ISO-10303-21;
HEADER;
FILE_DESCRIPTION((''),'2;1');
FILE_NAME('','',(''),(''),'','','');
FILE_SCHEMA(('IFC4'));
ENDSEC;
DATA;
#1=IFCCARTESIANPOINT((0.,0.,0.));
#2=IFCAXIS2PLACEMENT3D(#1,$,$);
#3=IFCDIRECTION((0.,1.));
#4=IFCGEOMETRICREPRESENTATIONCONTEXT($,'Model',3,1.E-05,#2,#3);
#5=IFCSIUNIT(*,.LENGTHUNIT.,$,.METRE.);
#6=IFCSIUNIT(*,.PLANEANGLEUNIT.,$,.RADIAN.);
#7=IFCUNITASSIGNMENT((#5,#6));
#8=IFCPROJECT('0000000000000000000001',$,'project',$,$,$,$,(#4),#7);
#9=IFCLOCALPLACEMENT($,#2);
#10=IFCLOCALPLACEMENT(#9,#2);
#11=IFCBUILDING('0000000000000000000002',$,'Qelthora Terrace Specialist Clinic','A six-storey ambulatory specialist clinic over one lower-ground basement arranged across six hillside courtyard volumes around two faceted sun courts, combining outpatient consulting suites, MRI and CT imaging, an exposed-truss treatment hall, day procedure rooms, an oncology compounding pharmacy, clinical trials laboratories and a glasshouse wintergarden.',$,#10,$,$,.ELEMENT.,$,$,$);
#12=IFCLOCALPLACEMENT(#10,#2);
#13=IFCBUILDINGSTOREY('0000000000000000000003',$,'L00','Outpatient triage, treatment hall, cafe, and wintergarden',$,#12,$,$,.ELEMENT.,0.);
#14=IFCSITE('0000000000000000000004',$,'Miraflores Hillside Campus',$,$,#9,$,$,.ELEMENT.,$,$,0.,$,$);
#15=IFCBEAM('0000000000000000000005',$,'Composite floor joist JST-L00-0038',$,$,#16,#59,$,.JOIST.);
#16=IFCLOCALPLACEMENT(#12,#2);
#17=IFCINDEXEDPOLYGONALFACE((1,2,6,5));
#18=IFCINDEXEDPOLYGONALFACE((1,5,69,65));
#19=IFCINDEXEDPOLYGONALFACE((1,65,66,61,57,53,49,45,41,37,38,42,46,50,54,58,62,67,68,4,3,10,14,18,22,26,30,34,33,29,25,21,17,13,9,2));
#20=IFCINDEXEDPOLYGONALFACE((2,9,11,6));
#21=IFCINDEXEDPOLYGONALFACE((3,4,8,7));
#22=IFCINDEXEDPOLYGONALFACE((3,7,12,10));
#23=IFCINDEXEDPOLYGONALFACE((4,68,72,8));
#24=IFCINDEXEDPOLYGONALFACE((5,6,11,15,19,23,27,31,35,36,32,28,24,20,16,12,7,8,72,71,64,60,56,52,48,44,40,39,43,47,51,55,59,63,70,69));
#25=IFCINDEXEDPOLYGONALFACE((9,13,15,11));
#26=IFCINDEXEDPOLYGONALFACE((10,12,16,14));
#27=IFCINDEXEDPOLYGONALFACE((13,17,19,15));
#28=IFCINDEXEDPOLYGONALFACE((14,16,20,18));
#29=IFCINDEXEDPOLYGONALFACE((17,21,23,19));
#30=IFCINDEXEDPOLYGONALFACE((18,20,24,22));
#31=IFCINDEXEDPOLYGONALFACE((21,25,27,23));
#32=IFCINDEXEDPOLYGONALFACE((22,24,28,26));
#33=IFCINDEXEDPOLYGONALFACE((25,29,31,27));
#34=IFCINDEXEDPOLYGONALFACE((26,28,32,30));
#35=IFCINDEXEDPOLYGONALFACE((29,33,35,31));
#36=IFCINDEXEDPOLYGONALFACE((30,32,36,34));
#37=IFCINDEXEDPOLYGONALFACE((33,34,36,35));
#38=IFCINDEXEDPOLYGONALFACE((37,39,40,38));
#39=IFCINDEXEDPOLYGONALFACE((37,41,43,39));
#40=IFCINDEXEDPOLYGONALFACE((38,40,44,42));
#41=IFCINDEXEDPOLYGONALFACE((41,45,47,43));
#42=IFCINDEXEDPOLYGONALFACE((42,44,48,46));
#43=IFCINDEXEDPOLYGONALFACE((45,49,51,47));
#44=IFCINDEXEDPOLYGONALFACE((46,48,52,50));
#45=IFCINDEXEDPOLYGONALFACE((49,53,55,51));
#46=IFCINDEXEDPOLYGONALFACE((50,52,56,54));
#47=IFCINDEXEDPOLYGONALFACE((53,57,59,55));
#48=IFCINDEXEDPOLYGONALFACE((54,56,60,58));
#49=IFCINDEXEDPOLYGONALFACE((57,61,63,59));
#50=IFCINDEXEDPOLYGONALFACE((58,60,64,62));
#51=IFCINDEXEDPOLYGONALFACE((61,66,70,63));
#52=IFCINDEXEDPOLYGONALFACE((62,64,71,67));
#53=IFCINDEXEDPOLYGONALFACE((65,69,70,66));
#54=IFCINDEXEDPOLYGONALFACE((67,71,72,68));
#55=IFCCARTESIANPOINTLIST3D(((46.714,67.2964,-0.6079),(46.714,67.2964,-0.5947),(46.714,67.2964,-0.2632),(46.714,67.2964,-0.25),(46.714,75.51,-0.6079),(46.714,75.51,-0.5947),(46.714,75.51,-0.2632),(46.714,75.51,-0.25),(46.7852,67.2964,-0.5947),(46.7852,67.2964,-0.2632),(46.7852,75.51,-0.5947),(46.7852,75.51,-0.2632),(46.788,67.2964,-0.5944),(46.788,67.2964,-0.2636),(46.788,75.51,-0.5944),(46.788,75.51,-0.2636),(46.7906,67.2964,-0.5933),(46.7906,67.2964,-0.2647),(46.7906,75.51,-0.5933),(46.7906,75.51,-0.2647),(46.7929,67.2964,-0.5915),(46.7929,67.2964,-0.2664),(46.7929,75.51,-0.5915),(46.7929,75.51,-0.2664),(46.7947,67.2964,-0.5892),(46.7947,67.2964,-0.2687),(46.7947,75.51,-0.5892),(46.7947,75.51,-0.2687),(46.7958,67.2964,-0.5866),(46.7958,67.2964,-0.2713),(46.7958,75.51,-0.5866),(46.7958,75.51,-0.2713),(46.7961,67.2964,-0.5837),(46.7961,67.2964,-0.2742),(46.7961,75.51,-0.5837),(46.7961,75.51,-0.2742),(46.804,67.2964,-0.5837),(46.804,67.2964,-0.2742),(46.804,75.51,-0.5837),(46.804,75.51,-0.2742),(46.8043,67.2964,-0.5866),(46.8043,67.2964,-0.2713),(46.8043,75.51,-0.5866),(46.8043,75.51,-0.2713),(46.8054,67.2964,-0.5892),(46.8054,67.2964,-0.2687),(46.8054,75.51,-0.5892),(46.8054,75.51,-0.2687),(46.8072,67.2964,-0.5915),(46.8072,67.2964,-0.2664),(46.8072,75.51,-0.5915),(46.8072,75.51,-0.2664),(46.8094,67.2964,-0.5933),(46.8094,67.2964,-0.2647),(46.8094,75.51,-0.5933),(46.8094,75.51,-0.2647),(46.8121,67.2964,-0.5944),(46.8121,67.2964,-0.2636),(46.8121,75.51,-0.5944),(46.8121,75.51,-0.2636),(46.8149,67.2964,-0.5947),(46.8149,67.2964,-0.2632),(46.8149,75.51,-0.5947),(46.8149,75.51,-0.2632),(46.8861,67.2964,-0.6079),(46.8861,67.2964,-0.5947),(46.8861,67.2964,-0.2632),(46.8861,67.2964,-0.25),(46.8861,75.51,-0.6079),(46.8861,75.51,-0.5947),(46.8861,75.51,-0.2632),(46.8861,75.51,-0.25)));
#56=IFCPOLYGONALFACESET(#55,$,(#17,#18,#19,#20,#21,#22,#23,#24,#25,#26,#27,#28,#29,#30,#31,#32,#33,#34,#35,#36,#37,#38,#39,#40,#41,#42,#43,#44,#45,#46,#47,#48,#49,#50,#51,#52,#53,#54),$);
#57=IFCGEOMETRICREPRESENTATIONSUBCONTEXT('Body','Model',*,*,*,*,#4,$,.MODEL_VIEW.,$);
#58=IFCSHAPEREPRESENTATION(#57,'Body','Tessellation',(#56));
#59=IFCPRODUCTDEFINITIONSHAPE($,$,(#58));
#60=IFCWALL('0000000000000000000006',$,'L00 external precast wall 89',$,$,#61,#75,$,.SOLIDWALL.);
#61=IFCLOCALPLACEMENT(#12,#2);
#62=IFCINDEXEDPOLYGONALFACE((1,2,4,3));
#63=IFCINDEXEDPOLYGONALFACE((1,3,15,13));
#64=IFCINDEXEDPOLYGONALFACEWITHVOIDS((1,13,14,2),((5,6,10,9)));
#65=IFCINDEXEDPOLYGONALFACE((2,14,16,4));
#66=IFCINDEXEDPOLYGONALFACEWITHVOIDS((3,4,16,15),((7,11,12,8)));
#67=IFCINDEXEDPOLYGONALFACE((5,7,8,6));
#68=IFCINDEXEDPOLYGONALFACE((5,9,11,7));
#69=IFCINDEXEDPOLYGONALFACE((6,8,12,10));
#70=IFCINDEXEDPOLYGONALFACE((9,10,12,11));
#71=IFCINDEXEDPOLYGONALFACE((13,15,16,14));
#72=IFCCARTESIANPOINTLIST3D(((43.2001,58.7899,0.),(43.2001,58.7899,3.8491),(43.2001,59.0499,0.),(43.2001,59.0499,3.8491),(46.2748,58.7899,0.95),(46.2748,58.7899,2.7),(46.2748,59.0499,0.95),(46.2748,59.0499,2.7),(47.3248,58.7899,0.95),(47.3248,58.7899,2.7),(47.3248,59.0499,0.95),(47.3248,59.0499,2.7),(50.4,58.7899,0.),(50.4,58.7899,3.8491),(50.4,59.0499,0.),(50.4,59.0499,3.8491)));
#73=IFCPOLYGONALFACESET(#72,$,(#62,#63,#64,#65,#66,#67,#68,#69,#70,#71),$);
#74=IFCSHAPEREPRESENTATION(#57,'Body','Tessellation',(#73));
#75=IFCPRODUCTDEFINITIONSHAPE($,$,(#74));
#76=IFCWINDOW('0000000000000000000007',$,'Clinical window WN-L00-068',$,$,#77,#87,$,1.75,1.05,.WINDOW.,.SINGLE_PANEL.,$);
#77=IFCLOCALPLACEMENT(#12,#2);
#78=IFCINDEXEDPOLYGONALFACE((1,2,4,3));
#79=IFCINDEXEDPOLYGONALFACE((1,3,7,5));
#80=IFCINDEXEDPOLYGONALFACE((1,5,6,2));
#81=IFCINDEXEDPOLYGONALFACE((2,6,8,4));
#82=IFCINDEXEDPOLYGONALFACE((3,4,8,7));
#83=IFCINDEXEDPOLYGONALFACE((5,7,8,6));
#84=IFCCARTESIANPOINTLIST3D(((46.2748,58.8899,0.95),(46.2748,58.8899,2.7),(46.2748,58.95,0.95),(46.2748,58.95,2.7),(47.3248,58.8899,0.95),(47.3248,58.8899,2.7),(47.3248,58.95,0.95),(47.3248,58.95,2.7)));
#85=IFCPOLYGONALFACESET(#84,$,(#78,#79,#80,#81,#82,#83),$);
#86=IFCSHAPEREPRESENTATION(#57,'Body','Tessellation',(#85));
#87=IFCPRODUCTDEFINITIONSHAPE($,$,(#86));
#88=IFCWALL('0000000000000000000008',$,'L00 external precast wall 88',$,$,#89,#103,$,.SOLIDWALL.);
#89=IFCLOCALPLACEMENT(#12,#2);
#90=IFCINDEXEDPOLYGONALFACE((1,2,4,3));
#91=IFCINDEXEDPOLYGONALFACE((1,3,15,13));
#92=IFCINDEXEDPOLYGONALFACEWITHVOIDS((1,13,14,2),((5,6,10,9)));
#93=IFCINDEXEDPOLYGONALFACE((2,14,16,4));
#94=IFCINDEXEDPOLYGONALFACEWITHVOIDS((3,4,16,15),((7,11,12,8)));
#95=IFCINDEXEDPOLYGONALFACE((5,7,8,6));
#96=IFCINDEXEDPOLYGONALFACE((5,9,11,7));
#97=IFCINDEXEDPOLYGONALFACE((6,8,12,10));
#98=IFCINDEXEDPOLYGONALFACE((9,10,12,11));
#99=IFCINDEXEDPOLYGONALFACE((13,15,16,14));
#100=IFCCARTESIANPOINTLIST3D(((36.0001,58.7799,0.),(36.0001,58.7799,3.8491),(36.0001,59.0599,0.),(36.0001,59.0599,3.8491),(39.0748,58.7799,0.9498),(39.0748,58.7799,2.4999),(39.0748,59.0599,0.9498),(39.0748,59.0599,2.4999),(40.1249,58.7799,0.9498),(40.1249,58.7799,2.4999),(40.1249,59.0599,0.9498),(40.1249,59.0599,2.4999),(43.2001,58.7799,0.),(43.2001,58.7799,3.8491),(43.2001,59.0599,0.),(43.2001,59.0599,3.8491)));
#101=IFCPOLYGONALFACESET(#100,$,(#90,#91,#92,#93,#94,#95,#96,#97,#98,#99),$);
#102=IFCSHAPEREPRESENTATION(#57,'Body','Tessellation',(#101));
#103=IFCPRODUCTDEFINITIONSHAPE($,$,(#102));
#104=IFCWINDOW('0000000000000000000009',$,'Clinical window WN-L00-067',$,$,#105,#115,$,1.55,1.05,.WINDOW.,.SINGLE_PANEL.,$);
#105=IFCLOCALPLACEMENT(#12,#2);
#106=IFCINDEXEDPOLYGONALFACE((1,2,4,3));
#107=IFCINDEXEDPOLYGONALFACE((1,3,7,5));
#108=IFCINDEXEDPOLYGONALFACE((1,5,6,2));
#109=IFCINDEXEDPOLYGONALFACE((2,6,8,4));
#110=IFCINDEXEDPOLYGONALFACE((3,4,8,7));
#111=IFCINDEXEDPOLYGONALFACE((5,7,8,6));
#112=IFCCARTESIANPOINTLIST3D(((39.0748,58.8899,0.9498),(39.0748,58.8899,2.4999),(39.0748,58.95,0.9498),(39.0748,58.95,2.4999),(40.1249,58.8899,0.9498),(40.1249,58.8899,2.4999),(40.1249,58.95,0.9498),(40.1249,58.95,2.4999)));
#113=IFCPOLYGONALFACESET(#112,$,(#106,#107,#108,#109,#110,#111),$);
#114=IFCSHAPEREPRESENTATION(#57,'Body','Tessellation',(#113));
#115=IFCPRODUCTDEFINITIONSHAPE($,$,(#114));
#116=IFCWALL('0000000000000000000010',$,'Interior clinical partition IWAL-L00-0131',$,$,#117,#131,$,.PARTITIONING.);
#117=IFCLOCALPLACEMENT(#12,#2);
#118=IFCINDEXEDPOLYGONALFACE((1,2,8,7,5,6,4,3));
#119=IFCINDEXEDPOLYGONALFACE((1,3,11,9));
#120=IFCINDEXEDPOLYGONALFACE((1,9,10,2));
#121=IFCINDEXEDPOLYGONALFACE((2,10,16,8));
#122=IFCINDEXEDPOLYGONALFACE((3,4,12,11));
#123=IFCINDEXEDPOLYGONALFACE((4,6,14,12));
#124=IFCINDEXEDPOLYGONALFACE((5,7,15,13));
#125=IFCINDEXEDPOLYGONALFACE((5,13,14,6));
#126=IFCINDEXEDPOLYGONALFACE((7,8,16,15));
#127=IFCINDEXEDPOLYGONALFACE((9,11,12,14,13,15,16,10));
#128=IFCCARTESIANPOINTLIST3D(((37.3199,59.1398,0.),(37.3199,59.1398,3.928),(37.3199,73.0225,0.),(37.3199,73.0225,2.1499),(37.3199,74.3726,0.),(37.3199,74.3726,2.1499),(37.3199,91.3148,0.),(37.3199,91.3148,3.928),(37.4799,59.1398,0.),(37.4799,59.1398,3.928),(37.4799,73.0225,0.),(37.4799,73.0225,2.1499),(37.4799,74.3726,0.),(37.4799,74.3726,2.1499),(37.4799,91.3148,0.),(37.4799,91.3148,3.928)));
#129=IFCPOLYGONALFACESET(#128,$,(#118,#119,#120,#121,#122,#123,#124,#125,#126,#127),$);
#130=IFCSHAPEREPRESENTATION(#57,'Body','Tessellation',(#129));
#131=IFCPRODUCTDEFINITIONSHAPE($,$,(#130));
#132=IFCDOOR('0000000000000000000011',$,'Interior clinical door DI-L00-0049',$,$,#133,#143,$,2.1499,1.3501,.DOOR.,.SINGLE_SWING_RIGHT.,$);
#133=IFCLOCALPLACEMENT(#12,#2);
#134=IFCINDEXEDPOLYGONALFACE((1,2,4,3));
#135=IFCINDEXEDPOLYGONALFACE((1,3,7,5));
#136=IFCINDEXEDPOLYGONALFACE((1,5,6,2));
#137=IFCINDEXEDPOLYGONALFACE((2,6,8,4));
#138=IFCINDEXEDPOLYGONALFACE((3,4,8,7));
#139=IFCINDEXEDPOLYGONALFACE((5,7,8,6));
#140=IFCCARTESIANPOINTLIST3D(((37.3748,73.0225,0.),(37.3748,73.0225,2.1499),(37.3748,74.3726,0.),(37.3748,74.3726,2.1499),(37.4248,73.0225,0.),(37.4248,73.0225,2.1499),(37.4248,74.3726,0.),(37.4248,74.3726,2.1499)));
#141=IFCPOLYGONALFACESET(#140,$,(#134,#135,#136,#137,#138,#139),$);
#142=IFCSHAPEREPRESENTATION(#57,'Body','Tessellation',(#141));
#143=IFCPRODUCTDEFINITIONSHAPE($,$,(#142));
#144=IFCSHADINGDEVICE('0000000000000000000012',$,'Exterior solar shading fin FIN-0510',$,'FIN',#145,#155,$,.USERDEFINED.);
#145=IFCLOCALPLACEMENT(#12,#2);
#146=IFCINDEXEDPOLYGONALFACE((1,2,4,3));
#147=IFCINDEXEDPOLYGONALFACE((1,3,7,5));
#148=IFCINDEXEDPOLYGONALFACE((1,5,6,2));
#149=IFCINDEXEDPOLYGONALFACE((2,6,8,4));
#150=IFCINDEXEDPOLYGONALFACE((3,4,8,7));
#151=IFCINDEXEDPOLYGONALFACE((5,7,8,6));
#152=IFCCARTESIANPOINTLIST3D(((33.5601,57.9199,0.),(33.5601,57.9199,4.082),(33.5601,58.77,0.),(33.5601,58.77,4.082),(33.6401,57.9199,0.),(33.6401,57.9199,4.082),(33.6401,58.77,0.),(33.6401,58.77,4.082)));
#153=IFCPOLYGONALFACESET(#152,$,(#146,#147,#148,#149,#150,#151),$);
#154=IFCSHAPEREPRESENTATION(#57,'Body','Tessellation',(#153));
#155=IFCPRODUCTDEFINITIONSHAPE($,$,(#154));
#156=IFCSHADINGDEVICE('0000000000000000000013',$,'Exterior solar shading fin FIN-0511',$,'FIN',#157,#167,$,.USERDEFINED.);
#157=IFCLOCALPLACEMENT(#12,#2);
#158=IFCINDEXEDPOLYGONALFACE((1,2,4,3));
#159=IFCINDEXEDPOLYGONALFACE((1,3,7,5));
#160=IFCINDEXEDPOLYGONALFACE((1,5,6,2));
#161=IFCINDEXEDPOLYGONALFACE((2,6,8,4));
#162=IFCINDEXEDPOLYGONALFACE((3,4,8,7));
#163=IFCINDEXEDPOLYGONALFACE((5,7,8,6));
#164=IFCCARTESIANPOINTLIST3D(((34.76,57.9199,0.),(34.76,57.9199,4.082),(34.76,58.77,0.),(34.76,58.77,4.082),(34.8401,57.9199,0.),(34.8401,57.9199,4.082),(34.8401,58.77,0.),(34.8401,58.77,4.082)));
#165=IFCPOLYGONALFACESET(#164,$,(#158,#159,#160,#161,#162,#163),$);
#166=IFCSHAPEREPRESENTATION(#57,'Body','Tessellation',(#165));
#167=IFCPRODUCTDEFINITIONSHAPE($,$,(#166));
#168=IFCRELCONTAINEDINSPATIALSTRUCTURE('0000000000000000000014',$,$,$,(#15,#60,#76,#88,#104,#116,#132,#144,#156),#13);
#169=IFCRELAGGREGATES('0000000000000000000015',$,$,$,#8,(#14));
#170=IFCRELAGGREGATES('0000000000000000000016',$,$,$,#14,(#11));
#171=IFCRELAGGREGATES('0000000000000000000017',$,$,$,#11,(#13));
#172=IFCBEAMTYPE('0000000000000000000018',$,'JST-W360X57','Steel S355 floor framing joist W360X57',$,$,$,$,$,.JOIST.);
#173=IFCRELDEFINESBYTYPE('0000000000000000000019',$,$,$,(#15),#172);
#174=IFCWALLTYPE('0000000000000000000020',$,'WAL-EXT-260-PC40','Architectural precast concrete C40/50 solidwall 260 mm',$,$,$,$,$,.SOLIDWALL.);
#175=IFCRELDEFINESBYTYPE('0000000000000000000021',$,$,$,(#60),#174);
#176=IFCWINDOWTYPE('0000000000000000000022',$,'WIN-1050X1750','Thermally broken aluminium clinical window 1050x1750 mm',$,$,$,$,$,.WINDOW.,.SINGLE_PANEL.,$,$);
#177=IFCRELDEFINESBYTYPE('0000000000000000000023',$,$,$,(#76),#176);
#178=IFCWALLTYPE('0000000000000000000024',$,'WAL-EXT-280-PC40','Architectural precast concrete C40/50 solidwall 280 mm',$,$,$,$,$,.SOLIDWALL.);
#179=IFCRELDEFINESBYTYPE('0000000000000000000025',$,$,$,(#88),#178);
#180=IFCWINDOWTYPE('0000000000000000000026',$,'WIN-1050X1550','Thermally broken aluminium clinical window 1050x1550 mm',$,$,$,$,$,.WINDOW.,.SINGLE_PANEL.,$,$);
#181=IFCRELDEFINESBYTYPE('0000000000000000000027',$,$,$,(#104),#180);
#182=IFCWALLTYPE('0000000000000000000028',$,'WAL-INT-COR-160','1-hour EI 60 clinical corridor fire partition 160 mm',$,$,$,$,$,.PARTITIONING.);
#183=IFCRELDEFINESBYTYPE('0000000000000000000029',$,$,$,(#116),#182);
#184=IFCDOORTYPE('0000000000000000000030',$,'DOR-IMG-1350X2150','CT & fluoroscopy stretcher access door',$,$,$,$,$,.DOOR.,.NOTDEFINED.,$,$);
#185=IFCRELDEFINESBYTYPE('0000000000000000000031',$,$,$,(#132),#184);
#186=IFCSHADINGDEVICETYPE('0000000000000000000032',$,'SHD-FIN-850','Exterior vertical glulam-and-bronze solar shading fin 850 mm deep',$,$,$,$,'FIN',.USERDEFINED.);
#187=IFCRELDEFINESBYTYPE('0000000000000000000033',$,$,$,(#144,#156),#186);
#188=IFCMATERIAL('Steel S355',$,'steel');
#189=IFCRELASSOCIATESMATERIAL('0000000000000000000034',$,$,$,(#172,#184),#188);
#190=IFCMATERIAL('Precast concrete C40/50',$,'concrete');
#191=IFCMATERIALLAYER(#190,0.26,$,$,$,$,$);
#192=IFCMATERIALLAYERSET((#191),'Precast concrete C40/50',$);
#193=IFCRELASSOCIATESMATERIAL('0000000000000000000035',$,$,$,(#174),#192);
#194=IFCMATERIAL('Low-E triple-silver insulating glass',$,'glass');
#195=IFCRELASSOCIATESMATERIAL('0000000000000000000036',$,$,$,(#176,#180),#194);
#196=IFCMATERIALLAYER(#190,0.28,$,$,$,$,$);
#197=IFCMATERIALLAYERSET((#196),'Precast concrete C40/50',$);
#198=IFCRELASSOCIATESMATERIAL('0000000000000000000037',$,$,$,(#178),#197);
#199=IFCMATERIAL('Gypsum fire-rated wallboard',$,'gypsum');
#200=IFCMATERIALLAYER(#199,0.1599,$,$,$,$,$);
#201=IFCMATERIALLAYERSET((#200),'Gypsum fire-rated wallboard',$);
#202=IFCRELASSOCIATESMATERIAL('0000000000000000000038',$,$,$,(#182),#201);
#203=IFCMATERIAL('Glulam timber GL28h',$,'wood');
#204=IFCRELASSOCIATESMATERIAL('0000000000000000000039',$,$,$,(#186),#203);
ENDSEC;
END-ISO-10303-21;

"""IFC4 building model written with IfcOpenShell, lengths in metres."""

from ifc_helpers import new_model, si_unit, direction, frame, frame_2d, origin, origin_2d, place, context, subcontext, project, spatial, rectangle, i_section, extrude, material, layer, layer_set, material_profile, profile_set, type_object, element, fill, save


model = new_model("IFC4")

# Units and contexts
model_context = context("Model", 3, precision=1e-05, world=origin(), true_north=direction((0.0, 1.0)))
body_context = subcontext(model_context, "Body", "Model", "MODEL_VIEW")
ifc_project = project(units=[si_unit("LENGTHUNIT", "METRE"), si_unit("PLANEANGLEUNIT", "RADIAN")], contexts=[model_context])

# Site, building, storey
site_placement = place(None, origin())
site = spatial("IfcSite", under=ifc_project, at=site_placement, Name="Miraflores Hillside Campus", CompositionType="ELEMENT", RefElevation=0.0)
building_placement = place(site_placement, origin())
building = spatial("IfcBuilding", under=site, at=building_placement, Name="Qelthora Terrace Specialist Clinic", Description="A six-storey ambulatory specialist clinic over one lower-ground basement arranged across six hillside courtyard volumes around two faceted sun courts, combining outpatient consulting suites, MRI and CT imaging, an exposed-truss treatment hall, day procedure rooms, an oncology compounding pharmacy, clinical trials laboratories and a glasshouse wintergarden.", CompositionType="ELEMENT")
storey_placement = place(building_placement, origin())
storey = spatial("IfcBuildingStorey", under=building, at=storey_placement, Name="L00", Description="Outpatient triage, treatment hall, cafe, and wintergarden", CompositionType="ELEMENT", Elevation=0.0)

# Shared definitions
ifc_material_1 = material(Name="Steel S355", Category="steel")

# Beam
ifc_material_profile_1 = material_profile(ifc_material_1, i_section(OverallWidth=0.1721, OverallDepth=0.3579, WebThickness=0.0078, FlangeThickness=0.0132, FilletRadius=0.011, at=origin_2d()), Name="W360X57")
ifc_profile_set_1 = profile_set([ifc_material_profile_1], Name="Steel S355")
beam_type_1 = type_object("IfcBeamType", Name="JST-W360X57", Description="Steel S355 floor framing joist W360X57", PredefinedType="JOIST", material=ifc_profile_set_1)
beam_1_placement = place(storey_placement, frame((46.8, 67.2964, -0.429), z_axis=(0.0, 1.0, 0.0), x_axis=(-1.0, 0.0, 0.0)))
element("IfcBeam", 1, at=beam_1_placement, inside=storey, type_object=beam_type_1, Name="Composite floor joist JST-L00-0038", PredefinedType="JOIST", context=body_context, shape_type="SweptSolid", body=[
    extrude(i_section(OverallWidth=0.1721, OverallDepth=0.3579, WebThickness=0.0078, FlangeThickness=0.0132, FilletRadius=0.011, at=origin_2d()), origin(), (0.0, 0.0, 1.0), 8.2136),
])

# Walls, openings, windows
ifc_material_2 = material(Name="Precast concrete C40/50", Category="concrete")
ifc_layer_1 = layer(ifc_material_2, 0.26)
ifc_layer_set_1 = layer_set([ifc_layer_1], Name="Precast concrete C40/50")
wall_type_1 = type_object("IfcWallType", Name="WAL-EXT-260-PC40", Description="Architectural precast concrete C40/50 solidwall 260 mm", PredefinedType="SOLIDWALL", material=ifc_layer_set_1)
wall_1_placement = place(storey_placement, frame((43.2, 58.9199, 0.0), z_axis=(0.0, 0.0, 1.0), x_axis=(1.0, 0.0, 0.0)))
wall_1 = element("IfcWall", 2, at=wall_1_placement, inside=storey, type_object=wall_type_1, Name="L00 external precast wall 89", PredefinedType="SOLIDWALL", context=body_context, shape_type="SweptSolid", body=[
    extrude(rectangle(XDim=7.2, YDim=0.26, at=frame_2d((3.6001, 0.0))), origin(), (0.0, 0.0, 1.0), 3.8491),
])
opening_1_placement = place(wall_1_placement, frame((3.075, 0.0, 0.95)))
opening_1 = element("IfcOpeningElement", 3, at=opening_1_placement, cuts=wall_1, PredefinedType="OPENING", context=body_context, shape_type="SweptSolid", body=[
    extrude(rectangle(XDim=1.05, YDim=1.75, at=frame_2d((0.5249, 0.875))), frame((0.0, 0.1399, 0.0), z_axis=(0.0, -1.0, 0.0), x_axis=(1.0, 0.0, 0.0)), (0.0, 0.0, 1.0), 0.28),
])
ifc_material_3 = material(Name="Low-E triple-silver insulating glass", Category="glass")
window_type_1 = type_object("IfcWindowType", Name="WIN-1050X1750", Description="Thermally broken aluminium clinical window 1050x1750 mm", PartitioningType="SINGLE_PANEL", PredefinedType="WINDOW", material=ifc_material_3)
window_1_placement = place(opening_1_placement, origin())
window_1 = element("IfcWindow", 4, at=window_1_placement, inside=storey, type_object=window_type_1, Name="Clinical window WN-L00-068", OverallHeight=1.75, OverallWidth=1.05, PartitioningType="SINGLE_PANEL", PredefinedType="WINDOW", context=body_context, shape_type="SweptSolid", body=[
    extrude(rectangle(XDim=1.05, YDim=1.75, at=frame_2d((0.5249, 0.875))), frame((0.0, 0.03, 0.0), z_axis=(0.0, -1.0, 0.0), x_axis=(1.0, 0.0, 0.0)), (0.0, 0.0, 1.0), 0.0601),
])
fill(opening_1, window_1)
ifc_layer_2 = layer(ifc_material_2, 0.28)
ifc_layer_set_2 = layer_set([ifc_layer_2], Name="Precast concrete C40/50")
wall_type_2 = type_object("IfcWallType", Name="WAL-EXT-280-PC40", Description="Architectural precast concrete C40/50 solidwall 280 mm", PredefinedType="SOLIDWALL", material=ifc_layer_set_2)
wall_2_placement = place(storey_placement, frame((36.0, 58.9199, 0.0), z_axis=(0.0, 0.0, 1.0), x_axis=(1.0, 0.0, 0.0)))
wall_2 = element("IfcWall", 5, at=wall_2_placement, inside=storey, type_object=wall_type_2, Name="L00 external precast wall 88", PredefinedType="SOLIDWALL", context=body_context, shape_type="SweptSolid", body=[
    extrude(rectangle(XDim=7.2, YDim=0.28, at=frame_2d((3.6001, 0.0))), origin(), (0.0, 0.0, 1.0), 3.8491),
])
opening_2_placement = place(wall_2_placement, frame((3.075, 0.0, 0.95)))
opening_2 = element("IfcOpeningElement", 6, at=opening_2_placement, cuts=wall_2, PredefinedType="OPENING", context=body_context, shape_type="SweptSolid", body=[
    extrude(rectangle(XDim=1.05, YDim=1.55, at=frame_2d((0.5249, 0.7749))), frame((0.0, 0.1499, 0.0), z_axis=(0.0, -1.0, 0.0), x_axis=(1.0, 0.0, 0.0)), (0.0, 0.0, 1.0), 0.3),
])
window_type_2 = type_object("IfcWindowType", Name="WIN-1050X1550", Description="Thermally broken aluminium clinical window 1050x1550 mm", PartitioningType="SINGLE_PANEL", PredefinedType="WINDOW", material=ifc_material_3)
window_2_placement = place(opening_2_placement, origin())
window_2 = element("IfcWindow", 7, at=window_2_placement, inside=storey, type_object=window_type_2, Name="Clinical window WN-L00-067", OverallHeight=1.55, OverallWidth=1.05, PartitioningType="SINGLE_PANEL", PredefinedType="WINDOW", context=body_context, shape_type="SweptSolid", body=[
    extrude(rectangle(XDim=1.05, YDim=1.55, at=frame_2d((0.5249, 0.7749))), frame((0.0, 0.03, 0.0), z_axis=(0.0, -1.0, 0.0), x_axis=(1.0, 0.0, 0.0)), (0.0, 0.0, 1.0), 0.0601),
])
fill(opening_2, window_2)

# Wall, opening, door
ifc_material_4 = material(Name="Gypsum fire-rated wallboard", Category="gypsum")
ifc_layer_3 = layer(ifc_material_4, 0.1599)
ifc_layer_set_3 = layer_set([ifc_layer_3], Name="Gypsum fire-rated wallboard")
wall_type_3 = type_object("IfcWallType", Name="WAL-INT-COR-160", Description="1-hour EI 60 clinical corridor fire partition 160 mm", PredefinedType="PARTITIONING", material=ifc_layer_set_3)
wall_3_placement = place(storey_placement, frame((37.3999, 59.1399, 0.0), z_axis=(0.0, 0.0, 1.0), x_axis=(0.0, 1.0, 0.0)))
wall_3 = element("IfcWall", 8, at=wall_3_placement, inside=storey, type_object=wall_type_3, Name="Interior clinical partition IWAL-L00-0131", PredefinedType="PARTITIONING", context=body_context, shape_type="SweptSolid", body=[
    extrude(rectangle(XDim=32.175, YDim=0.1599, at=frame_2d((16.0874, 0.0))), origin(), (0.0, 0.0, 1.0), 3.928),
])
opening_3_placement = place(wall_3_placement, frame((13.8826, 0.0, 0.0)))
opening_3 = element("IfcOpeningElement", 9, at=opening_3_placement, cuts=wall_3, PredefinedType="OPENING", context=body_context, shape_type="SweptSolid", body=[
    extrude(rectangle(XDim=1.3501, YDim=2.1499, at=frame_2d((0.675, 1.075))), frame((0.0, 0.0898, 0.0), z_axis=(0.0, -1.0, 0.0), x_axis=(1.0, 0.0, 0.0)), (0.0, 0.0, 1.0), 0.1799),
])
door_type = type_object("IfcDoorType", Name="DOR-IMG-1350X2150", Description="CT & fluoroscopy stretcher access door", OperationType="NOTDEFINED", PredefinedType="DOOR", material=ifc_material_1)
door_placement = place(opening_3_placement, frame((1.3501, 0.0, 0.0), z_axis=(0.0, 0.0, 1.0), x_axis=(-1.0, 0.0, 0.0)))
door = element("IfcDoor", 10, at=door_placement, inside=storey, type_object=door_type, Name="Interior clinical door DI-L00-0049", OperationType="SINGLE_SWING_RIGHT", OverallHeight=2.1499, OverallWidth=1.3501, PredefinedType="DOOR", context=body_context, shape_type="SweptSolid", body=[
    extrude(rectangle(XDim=1.3501, YDim=2.1499, at=frame_2d((0.675, 1.075))), frame((0.0, 0.0249, 0.0), z_axis=(0.0, -1.0, 0.0), x_axis=(1.0, 0.0, 0.0)), (0.0, 0.0, 1.0), 0.05),
])
fill(opening_3, door)

# Shading devices
ifc_material_5 = material(Name="Glulam timber GL28h", Category="wood")
shading_device_type = type_object("IfcShadingDeviceType", Name="SHD-FIN-850", Description="Exterior vertical glulam-and-bronze solar shading fin 850 mm deep", ElementType="FIN", PredefinedType="USERDEFINED", material=ifc_material_5)
for number, where, z_axis, x_axis, name in (
    (11, (33.6001, 58.345, 0.0), (0.0, 0.0, 1.0), (0.0, -1.0, 0.0), "Exterior solar shading fin FIN-0510"),
    (12, (34.8, 58.345, 0.0), (0.0, 0.0, 1.0), (0.0, -1.0, 0.0), "Exterior solar shading fin FIN-0511"),
):
    element("IfcShadingDevice", number, at=place(storey_placement, frame(where, z_axis=z_axis, x_axis=x_axis)), inside=storey, type_object=shading_device_type, Name=name, ObjectType="FIN", PredefinedType="USERDEFINED", context=body_context, shape_type="SweptSolid", body=[
        extrude(rectangle(XDim=0.8501, YDim=0.0801, at=origin_2d()), origin(), (0.0, 0.0, 1.0), 4.082),
    ])

save(model, "model.ifc")
